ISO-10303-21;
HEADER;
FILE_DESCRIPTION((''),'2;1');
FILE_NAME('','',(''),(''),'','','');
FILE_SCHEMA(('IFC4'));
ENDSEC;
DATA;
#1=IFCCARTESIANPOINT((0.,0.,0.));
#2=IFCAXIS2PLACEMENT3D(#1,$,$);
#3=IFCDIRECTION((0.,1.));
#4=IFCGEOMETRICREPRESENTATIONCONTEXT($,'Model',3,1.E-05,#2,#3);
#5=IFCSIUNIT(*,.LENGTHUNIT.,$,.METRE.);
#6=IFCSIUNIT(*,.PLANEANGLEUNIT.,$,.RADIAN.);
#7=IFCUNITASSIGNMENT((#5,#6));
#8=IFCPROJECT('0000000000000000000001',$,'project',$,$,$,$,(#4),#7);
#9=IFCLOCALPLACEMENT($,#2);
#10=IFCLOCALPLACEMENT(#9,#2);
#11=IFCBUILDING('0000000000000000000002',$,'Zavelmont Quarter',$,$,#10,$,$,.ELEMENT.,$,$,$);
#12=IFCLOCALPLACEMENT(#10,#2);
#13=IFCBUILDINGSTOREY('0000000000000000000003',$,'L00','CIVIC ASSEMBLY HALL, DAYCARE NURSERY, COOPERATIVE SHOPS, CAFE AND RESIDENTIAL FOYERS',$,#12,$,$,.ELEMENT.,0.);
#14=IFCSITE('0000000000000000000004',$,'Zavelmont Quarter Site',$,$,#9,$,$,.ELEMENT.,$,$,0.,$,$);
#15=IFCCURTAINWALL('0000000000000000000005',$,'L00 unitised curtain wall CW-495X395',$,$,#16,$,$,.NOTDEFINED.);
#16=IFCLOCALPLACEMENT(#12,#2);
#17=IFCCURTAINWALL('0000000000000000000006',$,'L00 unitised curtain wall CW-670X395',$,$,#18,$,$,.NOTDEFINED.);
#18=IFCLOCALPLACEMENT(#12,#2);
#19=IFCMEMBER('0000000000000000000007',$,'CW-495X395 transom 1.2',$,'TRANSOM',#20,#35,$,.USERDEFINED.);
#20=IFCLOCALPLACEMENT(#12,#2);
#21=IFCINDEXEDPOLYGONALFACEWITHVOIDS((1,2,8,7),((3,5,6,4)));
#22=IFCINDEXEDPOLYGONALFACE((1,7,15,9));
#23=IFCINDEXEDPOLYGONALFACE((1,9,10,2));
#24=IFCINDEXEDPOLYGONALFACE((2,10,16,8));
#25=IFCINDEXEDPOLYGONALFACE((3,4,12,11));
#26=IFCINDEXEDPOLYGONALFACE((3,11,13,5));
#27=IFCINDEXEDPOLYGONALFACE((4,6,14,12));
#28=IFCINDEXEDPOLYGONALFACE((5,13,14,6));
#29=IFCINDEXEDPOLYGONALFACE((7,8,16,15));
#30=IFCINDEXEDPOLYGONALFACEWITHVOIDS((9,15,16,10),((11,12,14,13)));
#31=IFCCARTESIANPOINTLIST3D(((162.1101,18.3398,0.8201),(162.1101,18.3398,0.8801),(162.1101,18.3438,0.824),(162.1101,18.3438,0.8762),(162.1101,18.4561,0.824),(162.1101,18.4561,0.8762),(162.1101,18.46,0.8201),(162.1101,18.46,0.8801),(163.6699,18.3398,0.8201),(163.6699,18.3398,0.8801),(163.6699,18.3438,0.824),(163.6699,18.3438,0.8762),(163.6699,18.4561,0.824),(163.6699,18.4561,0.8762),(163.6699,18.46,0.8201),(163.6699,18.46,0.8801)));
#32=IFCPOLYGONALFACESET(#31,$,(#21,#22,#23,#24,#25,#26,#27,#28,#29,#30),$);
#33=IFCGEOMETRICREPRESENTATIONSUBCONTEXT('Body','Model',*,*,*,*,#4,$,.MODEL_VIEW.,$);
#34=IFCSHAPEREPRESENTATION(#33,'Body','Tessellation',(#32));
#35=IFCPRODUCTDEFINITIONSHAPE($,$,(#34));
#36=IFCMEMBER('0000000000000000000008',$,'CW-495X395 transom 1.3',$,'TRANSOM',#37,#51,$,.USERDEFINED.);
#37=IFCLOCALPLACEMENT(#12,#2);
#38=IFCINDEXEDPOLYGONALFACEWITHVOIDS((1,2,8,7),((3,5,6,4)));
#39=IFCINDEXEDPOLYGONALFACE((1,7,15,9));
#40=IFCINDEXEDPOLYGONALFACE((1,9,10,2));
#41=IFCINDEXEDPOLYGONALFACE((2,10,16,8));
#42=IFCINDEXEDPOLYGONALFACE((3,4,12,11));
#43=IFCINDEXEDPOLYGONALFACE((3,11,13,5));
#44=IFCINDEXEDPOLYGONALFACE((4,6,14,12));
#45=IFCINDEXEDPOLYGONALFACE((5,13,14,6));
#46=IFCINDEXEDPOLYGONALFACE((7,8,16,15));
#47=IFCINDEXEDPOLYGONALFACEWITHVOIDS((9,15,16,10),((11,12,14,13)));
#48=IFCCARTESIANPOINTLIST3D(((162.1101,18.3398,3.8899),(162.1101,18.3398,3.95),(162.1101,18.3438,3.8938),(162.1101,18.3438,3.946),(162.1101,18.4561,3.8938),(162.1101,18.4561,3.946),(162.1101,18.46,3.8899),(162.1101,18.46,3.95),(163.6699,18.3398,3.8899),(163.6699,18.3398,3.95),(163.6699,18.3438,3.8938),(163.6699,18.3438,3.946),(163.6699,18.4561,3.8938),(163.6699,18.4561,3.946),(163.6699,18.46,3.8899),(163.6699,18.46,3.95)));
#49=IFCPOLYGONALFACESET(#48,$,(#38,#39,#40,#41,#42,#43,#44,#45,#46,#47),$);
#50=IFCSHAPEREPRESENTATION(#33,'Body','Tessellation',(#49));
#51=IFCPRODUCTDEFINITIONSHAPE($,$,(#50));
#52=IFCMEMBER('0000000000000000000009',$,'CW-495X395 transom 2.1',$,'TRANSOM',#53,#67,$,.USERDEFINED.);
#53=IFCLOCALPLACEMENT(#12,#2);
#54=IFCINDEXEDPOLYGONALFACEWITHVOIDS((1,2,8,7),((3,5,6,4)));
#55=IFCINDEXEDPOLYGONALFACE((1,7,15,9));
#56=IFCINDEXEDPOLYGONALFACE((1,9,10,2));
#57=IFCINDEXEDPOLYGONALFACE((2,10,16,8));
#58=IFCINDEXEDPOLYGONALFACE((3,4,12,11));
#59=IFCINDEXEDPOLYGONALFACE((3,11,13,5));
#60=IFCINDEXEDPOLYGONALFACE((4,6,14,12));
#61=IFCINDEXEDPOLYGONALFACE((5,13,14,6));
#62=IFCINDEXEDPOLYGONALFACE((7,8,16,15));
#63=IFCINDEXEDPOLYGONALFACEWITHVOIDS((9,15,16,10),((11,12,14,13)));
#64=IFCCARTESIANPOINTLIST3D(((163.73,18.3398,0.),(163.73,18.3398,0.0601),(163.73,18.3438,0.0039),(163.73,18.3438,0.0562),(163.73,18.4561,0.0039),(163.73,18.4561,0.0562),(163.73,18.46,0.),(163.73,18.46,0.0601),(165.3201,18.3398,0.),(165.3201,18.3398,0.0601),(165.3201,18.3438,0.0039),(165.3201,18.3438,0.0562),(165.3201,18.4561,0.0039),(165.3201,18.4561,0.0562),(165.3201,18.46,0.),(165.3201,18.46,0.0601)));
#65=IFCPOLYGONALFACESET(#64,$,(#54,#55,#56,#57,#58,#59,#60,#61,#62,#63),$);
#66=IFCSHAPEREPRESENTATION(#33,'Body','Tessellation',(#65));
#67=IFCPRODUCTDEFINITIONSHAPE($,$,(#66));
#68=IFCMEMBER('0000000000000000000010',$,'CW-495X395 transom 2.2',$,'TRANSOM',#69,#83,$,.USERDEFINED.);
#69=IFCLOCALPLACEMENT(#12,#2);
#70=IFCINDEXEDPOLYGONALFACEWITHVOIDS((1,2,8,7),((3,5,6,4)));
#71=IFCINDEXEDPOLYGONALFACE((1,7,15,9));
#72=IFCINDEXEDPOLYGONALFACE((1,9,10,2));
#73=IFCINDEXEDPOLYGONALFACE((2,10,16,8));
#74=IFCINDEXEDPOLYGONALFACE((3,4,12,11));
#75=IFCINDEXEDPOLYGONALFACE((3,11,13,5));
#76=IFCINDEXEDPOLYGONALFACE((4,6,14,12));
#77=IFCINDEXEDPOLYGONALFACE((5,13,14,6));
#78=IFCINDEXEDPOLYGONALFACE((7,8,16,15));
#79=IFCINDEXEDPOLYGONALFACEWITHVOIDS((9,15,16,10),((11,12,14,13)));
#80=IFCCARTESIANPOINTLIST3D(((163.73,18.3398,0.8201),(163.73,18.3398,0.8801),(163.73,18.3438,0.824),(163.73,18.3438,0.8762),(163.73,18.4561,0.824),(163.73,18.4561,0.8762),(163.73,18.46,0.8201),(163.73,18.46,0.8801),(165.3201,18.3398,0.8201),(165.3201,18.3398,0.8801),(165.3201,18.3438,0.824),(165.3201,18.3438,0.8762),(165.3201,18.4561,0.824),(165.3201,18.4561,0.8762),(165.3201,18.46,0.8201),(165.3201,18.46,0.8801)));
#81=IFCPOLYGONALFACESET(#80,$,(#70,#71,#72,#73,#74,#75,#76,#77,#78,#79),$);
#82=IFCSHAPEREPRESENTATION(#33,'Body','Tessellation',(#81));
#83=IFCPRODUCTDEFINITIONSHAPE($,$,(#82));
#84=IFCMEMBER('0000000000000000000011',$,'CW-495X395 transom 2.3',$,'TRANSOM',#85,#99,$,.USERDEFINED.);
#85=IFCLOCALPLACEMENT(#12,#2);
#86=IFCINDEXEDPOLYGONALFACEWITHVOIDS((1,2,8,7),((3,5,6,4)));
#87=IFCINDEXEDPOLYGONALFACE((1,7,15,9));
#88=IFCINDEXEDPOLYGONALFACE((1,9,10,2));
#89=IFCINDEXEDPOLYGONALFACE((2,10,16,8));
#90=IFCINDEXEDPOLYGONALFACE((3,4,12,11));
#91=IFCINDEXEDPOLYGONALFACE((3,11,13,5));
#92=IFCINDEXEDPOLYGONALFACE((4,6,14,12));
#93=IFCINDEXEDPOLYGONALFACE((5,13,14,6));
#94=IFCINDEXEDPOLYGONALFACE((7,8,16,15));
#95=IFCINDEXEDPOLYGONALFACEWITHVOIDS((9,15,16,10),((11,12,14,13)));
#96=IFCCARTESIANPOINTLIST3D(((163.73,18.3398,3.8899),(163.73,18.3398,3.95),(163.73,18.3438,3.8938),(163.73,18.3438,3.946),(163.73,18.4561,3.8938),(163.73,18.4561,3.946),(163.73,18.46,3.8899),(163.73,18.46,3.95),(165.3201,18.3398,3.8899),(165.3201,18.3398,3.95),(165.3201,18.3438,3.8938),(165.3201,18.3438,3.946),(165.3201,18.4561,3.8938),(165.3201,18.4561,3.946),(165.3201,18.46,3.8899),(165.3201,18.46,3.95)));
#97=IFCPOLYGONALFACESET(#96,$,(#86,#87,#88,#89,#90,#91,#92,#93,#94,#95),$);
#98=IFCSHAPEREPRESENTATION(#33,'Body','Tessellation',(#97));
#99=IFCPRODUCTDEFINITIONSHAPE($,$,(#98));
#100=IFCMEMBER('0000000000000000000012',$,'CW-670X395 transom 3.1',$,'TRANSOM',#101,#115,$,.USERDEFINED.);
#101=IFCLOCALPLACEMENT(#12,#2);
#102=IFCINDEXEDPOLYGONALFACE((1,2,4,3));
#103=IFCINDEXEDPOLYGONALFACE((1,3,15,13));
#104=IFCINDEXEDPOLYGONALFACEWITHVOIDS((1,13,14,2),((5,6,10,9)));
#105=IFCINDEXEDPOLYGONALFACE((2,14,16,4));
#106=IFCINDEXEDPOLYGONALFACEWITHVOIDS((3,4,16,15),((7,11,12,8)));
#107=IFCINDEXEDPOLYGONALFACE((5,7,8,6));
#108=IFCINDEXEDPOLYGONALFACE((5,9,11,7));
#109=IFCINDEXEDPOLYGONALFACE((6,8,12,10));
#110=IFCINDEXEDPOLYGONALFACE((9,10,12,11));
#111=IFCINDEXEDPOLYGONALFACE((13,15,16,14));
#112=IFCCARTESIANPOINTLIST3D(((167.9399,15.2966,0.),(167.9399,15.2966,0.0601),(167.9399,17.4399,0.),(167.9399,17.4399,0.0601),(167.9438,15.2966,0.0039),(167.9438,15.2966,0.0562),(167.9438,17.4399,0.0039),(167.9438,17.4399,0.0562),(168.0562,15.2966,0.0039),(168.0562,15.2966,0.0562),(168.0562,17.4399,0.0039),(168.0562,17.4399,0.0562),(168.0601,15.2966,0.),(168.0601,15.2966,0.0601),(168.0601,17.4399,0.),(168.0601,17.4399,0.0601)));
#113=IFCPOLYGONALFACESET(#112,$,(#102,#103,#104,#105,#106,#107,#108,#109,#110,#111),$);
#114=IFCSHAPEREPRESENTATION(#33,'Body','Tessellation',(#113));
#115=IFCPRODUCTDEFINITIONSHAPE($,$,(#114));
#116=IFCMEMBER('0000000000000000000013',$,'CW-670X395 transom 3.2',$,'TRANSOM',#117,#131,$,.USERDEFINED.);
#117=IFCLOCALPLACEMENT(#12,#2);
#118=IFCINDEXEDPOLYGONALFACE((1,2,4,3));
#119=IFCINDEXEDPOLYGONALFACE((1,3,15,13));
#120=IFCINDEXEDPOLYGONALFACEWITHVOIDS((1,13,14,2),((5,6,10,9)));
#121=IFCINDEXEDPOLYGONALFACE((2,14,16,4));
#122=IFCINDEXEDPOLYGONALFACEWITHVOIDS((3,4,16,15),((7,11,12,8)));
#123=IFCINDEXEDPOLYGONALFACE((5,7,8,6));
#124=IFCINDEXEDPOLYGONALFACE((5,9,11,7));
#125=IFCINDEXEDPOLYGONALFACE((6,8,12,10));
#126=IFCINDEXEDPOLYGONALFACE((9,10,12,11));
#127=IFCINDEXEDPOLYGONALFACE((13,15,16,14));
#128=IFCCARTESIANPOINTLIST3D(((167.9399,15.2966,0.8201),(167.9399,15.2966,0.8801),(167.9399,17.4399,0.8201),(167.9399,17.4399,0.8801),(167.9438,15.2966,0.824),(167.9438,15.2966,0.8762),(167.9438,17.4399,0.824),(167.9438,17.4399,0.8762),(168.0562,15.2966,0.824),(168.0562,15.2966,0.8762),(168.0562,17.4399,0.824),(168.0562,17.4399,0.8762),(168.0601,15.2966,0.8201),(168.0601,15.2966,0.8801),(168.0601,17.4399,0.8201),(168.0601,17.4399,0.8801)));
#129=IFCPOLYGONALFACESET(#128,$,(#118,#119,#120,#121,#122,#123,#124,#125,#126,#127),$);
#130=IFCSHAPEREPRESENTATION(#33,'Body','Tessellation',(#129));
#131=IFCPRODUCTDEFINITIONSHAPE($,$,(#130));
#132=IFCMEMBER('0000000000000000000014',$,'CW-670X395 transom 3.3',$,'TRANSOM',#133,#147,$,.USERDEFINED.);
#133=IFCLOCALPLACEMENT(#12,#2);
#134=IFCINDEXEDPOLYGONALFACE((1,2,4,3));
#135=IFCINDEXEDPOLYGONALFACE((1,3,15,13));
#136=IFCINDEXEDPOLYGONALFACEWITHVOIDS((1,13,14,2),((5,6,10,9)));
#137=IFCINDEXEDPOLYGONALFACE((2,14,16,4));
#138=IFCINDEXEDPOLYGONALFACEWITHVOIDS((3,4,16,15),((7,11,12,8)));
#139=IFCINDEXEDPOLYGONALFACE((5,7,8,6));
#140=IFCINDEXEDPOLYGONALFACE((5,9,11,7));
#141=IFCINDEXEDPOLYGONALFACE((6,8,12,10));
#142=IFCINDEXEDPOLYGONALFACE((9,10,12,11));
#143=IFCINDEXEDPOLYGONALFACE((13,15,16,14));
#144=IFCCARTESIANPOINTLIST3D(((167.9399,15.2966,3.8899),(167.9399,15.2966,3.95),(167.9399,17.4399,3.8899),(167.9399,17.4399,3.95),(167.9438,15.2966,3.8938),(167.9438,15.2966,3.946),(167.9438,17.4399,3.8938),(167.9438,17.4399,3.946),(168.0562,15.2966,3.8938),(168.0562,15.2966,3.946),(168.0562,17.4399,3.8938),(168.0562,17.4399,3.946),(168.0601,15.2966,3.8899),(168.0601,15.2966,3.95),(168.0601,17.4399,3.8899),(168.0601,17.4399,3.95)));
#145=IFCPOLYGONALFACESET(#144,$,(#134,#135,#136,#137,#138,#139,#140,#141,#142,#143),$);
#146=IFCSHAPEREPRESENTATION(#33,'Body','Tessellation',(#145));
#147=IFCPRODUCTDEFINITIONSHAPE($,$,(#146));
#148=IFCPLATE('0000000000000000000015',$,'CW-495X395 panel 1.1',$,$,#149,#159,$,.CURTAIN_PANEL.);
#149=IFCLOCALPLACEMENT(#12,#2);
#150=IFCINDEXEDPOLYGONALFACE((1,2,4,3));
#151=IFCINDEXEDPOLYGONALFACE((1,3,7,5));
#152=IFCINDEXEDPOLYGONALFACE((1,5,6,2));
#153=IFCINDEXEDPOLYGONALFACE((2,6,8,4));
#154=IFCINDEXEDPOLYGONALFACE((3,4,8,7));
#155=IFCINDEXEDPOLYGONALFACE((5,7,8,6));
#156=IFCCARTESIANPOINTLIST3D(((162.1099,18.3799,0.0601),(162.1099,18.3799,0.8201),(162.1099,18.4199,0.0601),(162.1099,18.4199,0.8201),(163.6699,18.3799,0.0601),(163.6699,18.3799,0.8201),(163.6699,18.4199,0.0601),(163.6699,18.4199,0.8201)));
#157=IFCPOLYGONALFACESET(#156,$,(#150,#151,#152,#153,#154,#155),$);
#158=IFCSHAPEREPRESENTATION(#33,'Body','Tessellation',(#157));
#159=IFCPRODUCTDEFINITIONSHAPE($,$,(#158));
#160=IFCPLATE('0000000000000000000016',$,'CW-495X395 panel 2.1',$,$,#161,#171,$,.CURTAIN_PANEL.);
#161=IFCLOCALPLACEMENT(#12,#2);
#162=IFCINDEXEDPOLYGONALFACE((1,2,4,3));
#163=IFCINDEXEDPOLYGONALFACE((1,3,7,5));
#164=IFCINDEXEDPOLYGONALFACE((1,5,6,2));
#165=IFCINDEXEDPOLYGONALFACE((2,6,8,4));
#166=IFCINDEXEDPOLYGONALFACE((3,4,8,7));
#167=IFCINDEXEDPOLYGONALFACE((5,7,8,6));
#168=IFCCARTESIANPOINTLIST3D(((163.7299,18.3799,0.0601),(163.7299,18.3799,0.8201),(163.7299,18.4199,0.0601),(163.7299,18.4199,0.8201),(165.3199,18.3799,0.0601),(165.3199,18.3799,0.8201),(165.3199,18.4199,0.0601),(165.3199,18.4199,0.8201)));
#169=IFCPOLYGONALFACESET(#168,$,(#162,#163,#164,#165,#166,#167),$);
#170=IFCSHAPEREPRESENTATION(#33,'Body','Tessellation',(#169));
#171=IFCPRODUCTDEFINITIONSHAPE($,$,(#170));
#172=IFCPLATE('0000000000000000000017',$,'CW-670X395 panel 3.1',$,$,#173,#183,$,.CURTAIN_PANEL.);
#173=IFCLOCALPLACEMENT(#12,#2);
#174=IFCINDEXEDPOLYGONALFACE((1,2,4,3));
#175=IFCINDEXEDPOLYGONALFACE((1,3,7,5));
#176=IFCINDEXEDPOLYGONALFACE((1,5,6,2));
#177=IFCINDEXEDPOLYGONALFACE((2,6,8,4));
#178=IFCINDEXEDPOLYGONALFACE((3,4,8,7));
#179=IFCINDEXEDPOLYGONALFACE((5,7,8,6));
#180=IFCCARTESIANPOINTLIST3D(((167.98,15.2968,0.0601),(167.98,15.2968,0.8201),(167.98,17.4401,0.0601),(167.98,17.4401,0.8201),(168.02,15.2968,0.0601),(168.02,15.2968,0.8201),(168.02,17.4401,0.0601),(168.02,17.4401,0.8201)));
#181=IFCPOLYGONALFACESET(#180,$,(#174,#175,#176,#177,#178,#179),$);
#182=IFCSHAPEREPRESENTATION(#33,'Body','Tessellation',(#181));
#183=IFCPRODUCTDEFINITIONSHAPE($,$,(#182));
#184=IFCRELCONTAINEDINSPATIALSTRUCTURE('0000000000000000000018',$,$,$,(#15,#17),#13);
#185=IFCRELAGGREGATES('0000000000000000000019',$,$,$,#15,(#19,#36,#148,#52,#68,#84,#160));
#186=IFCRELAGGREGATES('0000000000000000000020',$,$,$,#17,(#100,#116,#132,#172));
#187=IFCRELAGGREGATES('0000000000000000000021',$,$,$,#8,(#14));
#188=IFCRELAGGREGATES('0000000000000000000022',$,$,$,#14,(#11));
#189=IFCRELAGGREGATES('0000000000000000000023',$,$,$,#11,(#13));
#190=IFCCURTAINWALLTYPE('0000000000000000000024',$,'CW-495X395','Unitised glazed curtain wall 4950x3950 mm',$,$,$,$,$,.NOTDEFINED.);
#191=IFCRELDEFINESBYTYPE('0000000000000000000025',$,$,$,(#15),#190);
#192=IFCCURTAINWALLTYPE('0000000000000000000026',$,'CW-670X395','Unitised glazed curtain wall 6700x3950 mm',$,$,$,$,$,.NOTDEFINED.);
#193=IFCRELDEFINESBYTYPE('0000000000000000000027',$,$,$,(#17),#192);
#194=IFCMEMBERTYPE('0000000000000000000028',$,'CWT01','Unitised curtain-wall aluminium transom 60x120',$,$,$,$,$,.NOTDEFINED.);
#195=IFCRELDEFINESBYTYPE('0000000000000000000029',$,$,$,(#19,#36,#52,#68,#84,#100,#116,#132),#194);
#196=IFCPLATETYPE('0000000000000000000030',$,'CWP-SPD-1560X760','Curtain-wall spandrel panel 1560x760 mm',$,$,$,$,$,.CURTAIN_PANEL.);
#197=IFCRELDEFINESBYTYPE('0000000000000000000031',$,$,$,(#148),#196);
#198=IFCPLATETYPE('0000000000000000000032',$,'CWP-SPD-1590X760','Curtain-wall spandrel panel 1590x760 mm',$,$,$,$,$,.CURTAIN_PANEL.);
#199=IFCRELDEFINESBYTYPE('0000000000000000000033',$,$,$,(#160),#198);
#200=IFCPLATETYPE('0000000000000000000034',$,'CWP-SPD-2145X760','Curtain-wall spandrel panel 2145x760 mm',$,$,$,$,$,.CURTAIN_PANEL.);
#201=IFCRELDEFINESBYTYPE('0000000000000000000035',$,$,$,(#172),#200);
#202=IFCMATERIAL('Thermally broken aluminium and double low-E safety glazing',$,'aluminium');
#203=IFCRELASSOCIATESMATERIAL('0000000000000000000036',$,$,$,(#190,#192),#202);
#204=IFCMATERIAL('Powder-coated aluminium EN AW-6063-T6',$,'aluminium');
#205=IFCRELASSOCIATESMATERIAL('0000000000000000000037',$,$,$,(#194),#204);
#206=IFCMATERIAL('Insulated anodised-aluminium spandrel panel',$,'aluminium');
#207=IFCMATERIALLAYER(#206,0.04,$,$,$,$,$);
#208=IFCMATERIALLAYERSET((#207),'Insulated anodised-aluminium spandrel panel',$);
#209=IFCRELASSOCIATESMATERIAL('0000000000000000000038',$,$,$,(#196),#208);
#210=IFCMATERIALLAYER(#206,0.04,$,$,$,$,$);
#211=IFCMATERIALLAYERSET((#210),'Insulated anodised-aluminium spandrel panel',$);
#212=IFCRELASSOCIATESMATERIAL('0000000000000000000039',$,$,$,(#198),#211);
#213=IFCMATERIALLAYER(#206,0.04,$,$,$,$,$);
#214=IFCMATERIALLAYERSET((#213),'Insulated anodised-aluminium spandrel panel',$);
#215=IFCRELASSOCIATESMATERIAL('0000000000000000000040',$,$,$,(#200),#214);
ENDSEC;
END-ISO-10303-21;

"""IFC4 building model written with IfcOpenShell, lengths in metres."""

from ifc_helpers import new_model, si_unit, direction, frame, origin, origin_2d, place, context, subcontext, project, spatial, rectangle, hollow_rectangle, extrude, material, layer, layer_set, material_profile, profile_set, type_object, element, aggregate, save


model = new_model("IFC4")

# Units and contexts
model_context = context("Model", 3, precision=1e-05, world=origin(), true_north=direction((0.0, 1.0)))
body_context = subcontext(model_context, "Body", "Model", "MODEL_VIEW")
ifc_project = project(units=[si_unit("LENGTHUNIT", "METRE"), si_unit("PLANEANGLEUNIT", "RADIAN")], contexts=[model_context])

# Site, building, storey
site_placement = place(None, origin())
site = spatial("IfcSite", under=ifc_project, at=site_placement, Name="Zavelmont Quarter Site", CompositionType="ELEMENT", RefElevation=0.0)
building_placement = place(site_placement, origin())
building = spatial("IfcBuilding", under=site, at=building_placement, Name="Zavelmont Quarter", CompositionType="ELEMENT")
storey_placement = place(building_placement, origin())
storey = spatial("IfcBuildingStorey", under=building, at=storey_placement, Name="L00", Description="CIVIC ASSEMBLY HALL, DAYCARE NURSERY, COOPERATIVE SHOPS, CAFE AND RESIDENTIAL FOYERS", CompositionType="ELEMENT", Elevation=0.0)

# Curtain wall
ifc_material_1 = material(Name="Thermally broken aluminium and double low-E safety glazing", Category="aluminium")
curtain_wall_type_1 = type_object("IfcCurtainWallType", Name="CW-495X395", Description="Unitised glazed curtain wall 4950x3950 mm", PredefinedType="NOTDEFINED", material=ifc_material_1)
curtain_wall_1_placement = place(storey_placement, origin())
curtain_wall_1 = element("IfcCurtainWall", 1, at=curtain_wall_1_placement, inside=storey, type_object=curtain_wall_type_1, Name="L00 unitised curtain wall CW-495X395", PredefinedType="NOTDEFINED")
ifc_material_2 = material(Name="Powder-coated aluminium EN AW-6063-T6", Category="aluminium")

# Curtain wall
curtain_wall_type_2 = type_object("IfcCurtainWallType", Name="CW-670X395", Description="Unitised glazed curtain wall 6700x3950 mm", PredefinedType="NOTDEFINED", material=ifc_material_1)
curtain_wall_2_placement = place(storey_placement, origin())
curtain_wall_2 = element("IfcCurtainWall", 2, at=curtain_wall_2_placement, inside=storey, type_object=curtain_wall_type_2, Name="L00 unitised curtain wall CW-670X395", PredefinedType="NOTDEFINED")

# Members
ifc_material_profile_1 = material_profile(ifc_material_2, hollow_rectangle(XDim=0.1201, YDim=0.0601, WallThickness=0.0039, at=origin_2d()), Name="CWT60X120")
ifc_profile_set_1 = profile_set([ifc_material_profile_1], Name="Powder-coated aluminium EN AW-6063-T6")
member_type_1 = type_object("IfcMemberType", Name="CWT01", Description="Unitised curtain-wall aluminium transom 60x120", PredefinedType="NOTDEFINED", material=ifc_profile_set_1)
member_1_placement = place(storey_placement, frame((162.1101, 18.3999, 0.8501), z_axis=(1.0, 0.0, 0.0), x_axis=(0.0, 1.0, 0.0)))
member_1 = element("IfcMember", 3, at=member_1_placement, type_object=member_type_1, Name="CW-495X395 transom 1.2", ObjectType="TRANSOM", PredefinedType="USERDEFINED", context=body_context, shape_type="SweptSolid", body=[
    extrude(hollow_rectangle(XDim=0.1201, YDim=0.0601, WallThickness=0.0039, at=origin_2d()), origin(), (0.0, 0.0, 1.0), 1.5598),
])
member_2_placement = place(storey_placement, frame((162.1101, 18.3999, 3.9199), z_axis=(1.0, 0.0, 0.0), x_axis=(0.0, 1.0, 0.0)))
member_2 = element("IfcMember", 4, at=member_2_placement, type_object=member_type_1, Name="CW-495X395 transom 1.3", ObjectType="TRANSOM", PredefinedType="USERDEFINED", context=body_context, shape_type="SweptSolid", body=[
    extrude(hollow_rectangle(XDim=0.1201, YDim=0.0601, WallThickness=0.0039, at=origin_2d()), origin(), (0.0, 0.0, 1.0), 1.5598),
])
member_3_placement = place(storey_placement, frame((163.73, 18.3999, 0.03), z_axis=(1.0, 0.0, 0.0), x_axis=(0.0, 1.0, 0.0)))
member_3 = element("IfcMember", 5, at=member_3_placement, type_object=member_type_1, Name="CW-495X395 transom 2.1", ObjectType="TRANSOM", PredefinedType="USERDEFINED", context=body_context, shape_type="SweptSolid", body=[
    extrude(hollow_rectangle(XDim=0.1201, YDim=0.0601, WallThickness=0.0039, at=origin_2d()), origin(), (0.0, 0.0, 1.0), 1.5901),
])
member_4_placement = place(storey_placement, frame((163.73, 18.3999, 0.8501), z_axis=(1.0, 0.0, 0.0), x_axis=(0.0, 1.0, 0.0)))
member_4 = element("IfcMember", 6, at=member_4_placement, type_object=member_type_1, Name="CW-495X395 transom 2.2", ObjectType="TRANSOM", PredefinedType="USERDEFINED", context=body_context, shape_type="SweptSolid", body=[
    extrude(hollow_rectangle(XDim=0.1201, YDim=0.0601, WallThickness=0.0039, at=origin_2d()), origin(), (0.0, 0.0, 1.0), 1.5901),
])
member_5_placement = place(storey_placement, frame((163.73, 18.3999, 3.9199), z_axis=(1.0, 0.0, 0.0), x_axis=(0.0, 1.0, 0.0)))
member_5 = element("IfcMember", 7, at=member_5_placement, type_object=member_type_1, Name="CW-495X395 transom 2.3", ObjectType="TRANSOM", PredefinedType="USERDEFINED", context=body_context, shape_type="SweptSolid", body=[
    extrude(hollow_rectangle(XDim=0.1201, YDim=0.0601, WallThickness=0.0039, at=origin_2d()), origin(), (0.0, 0.0, 1.0), 1.5901),
])
member_6_placement = place(storey_placement, frame((168.0, 15.2966, 0.03), z_axis=(0.0, 1.0, 0.0), x_axis=(-1.0, 0.0, 0.0)))
member_6 = element("IfcMember", 8, at=member_6_placement, type_object=member_type_1, Name="CW-670X395 transom 3.1", ObjectType="TRANSOM", PredefinedType="USERDEFINED", context=body_context, shape_type="SweptSolid", body=[
    extrude(hollow_rectangle(XDim=0.1201, YDim=0.0601, WallThickness=0.0039, at=origin_2d()), origin(), (0.0, 0.0, 1.0), 2.1433),
])
member_7_placement = place(storey_placement, frame((168.0, 15.2966, 0.8501), z_axis=(0.0, 1.0, 0.0), x_axis=(-1.0, 0.0, 0.0)))
member_7 = element("IfcMember", 9, at=member_7_placement, type_object=member_type_1, Name="CW-670X395 transom 3.2", ObjectType="TRANSOM", PredefinedType="USERDEFINED", context=body_context, shape_type="SweptSolid", body=[
    extrude(hollow_rectangle(XDim=0.1201, YDim=0.0601, WallThickness=0.0039, at=origin_2d()), origin(), (0.0, 0.0, 1.0), 2.1433),
])
member_8_placement = place(storey_placement, frame((168.0, 15.2966, 3.9199), z_axis=(0.0, 1.0, 0.0), x_axis=(-1.0, 0.0, 0.0)))
member_8 = element("IfcMember", 10, at=member_8_placement, type_object=member_type_1, Name="CW-670X395 transom 3.3", ObjectType="TRANSOM", PredefinedType="USERDEFINED", context=body_context, shape_type="SweptSolid", body=[
    extrude(hollow_rectangle(XDim=0.1201, YDim=0.0601, WallThickness=0.0039, at=origin_2d()), origin(), (0.0, 0.0, 1.0), 2.1433),
])

# Plates
ifc_material_3 = material(Name="Insulated anodised-aluminium spandrel panel", Category="aluminium")
ifc_layer_1 = layer(ifc_material_3, 0.04)
ifc_layer_set_1 = layer_set([ifc_layer_1], Name="Insulated anodised-aluminium spandrel panel")
plate_type_1 = type_object("IfcPlateType", Name="CWP-SPD-1560X760", Description="Curtain-wall spandrel panel 1560x760 mm", PredefinedType="CURTAIN_PANEL", material=ifc_layer_set_1)
plate_1_placement = place(storey_placement, frame((162.8899, 18.3999, 0.0601), z_axis=(0.0, 0.0, 1.0), x_axis=(1.0, 0.0, 0.0)))
plate_1 = element("IfcPlate", 11, at=plate_1_placement, type_object=plate_type_1, Name="CW-495X395 panel 1.1", PredefinedType="CURTAIN_PANEL", context=body_context, shape_type="SweptSolid", body=[
    extrude(rectangle(XDim=1.5601, YDim=0.04, at=origin_2d()), origin(), (0.0, 0.0, 1.0), 0.76),
])
ifc_layer_2 = layer(ifc_material_3, 0.04)
ifc_layer_set_2 = layer_set([ifc_layer_2], Name="Insulated anodised-aluminium spandrel panel")
plate_type_2 = type_object("IfcPlateType", Name="CWP-SPD-1590X760", Description="Curtain-wall spandrel panel 1590x760 mm", PredefinedType="CURTAIN_PANEL", material=ifc_layer_set_2)
plate_2_placement = place(storey_placement, frame((164.5249, 18.3999, 0.0601), z_axis=(0.0, 0.0, 1.0), x_axis=(1.0, 0.0, 0.0)))
plate_2 = element("IfcPlate", 12, at=plate_2_placement, type_object=plate_type_2, Name="CW-495X395 panel 2.1", PredefinedType="CURTAIN_PANEL", context=body_context, shape_type="SweptSolid", body=[
    extrude(rectangle(XDim=1.5901, YDim=0.04, at=origin_2d()), origin(), (0.0, 0.0, 1.0), 0.76),
])
ifc_layer_3 = layer(ifc_material_3, 0.04)
ifc_layer_set_3 = layer_set([ifc_layer_3], Name="Insulated anodised-aluminium spandrel panel")
plate_type_3 = type_object("IfcPlateType", Name="CWP-SPD-2145X760", Description="Curtain-wall spandrel panel 2145x760 mm", PredefinedType="CURTAIN_PANEL", material=ifc_layer_set_3)
plate_3_placement = place(storey_placement, frame((168.0, 16.3684, 0.0601), z_axis=(0.0, 0.0, 1.0), x_axis=(0.0, 1.0, 0.0)))
plate_3 = element("IfcPlate", 13, at=plate_3_placement, type_object=plate_type_3, Name="CW-670X395 panel 3.1", PredefinedType="CURTAIN_PANEL", context=body_context, shape_type="SweptSolid", body=[
    extrude(rectangle(XDim=2.1433, YDim=0.04, at=origin_2d()), origin(), (0.0, 0.0, 1.0), 0.76),
])
aggregate(curtain_wall_1, [member_1, member_2, plate_1, member_3, member_4, member_5, plate_2])
aggregate(curtain_wall_2, [member_6, member_7, member_8, plate_3])

save(model, "model.ifc")
